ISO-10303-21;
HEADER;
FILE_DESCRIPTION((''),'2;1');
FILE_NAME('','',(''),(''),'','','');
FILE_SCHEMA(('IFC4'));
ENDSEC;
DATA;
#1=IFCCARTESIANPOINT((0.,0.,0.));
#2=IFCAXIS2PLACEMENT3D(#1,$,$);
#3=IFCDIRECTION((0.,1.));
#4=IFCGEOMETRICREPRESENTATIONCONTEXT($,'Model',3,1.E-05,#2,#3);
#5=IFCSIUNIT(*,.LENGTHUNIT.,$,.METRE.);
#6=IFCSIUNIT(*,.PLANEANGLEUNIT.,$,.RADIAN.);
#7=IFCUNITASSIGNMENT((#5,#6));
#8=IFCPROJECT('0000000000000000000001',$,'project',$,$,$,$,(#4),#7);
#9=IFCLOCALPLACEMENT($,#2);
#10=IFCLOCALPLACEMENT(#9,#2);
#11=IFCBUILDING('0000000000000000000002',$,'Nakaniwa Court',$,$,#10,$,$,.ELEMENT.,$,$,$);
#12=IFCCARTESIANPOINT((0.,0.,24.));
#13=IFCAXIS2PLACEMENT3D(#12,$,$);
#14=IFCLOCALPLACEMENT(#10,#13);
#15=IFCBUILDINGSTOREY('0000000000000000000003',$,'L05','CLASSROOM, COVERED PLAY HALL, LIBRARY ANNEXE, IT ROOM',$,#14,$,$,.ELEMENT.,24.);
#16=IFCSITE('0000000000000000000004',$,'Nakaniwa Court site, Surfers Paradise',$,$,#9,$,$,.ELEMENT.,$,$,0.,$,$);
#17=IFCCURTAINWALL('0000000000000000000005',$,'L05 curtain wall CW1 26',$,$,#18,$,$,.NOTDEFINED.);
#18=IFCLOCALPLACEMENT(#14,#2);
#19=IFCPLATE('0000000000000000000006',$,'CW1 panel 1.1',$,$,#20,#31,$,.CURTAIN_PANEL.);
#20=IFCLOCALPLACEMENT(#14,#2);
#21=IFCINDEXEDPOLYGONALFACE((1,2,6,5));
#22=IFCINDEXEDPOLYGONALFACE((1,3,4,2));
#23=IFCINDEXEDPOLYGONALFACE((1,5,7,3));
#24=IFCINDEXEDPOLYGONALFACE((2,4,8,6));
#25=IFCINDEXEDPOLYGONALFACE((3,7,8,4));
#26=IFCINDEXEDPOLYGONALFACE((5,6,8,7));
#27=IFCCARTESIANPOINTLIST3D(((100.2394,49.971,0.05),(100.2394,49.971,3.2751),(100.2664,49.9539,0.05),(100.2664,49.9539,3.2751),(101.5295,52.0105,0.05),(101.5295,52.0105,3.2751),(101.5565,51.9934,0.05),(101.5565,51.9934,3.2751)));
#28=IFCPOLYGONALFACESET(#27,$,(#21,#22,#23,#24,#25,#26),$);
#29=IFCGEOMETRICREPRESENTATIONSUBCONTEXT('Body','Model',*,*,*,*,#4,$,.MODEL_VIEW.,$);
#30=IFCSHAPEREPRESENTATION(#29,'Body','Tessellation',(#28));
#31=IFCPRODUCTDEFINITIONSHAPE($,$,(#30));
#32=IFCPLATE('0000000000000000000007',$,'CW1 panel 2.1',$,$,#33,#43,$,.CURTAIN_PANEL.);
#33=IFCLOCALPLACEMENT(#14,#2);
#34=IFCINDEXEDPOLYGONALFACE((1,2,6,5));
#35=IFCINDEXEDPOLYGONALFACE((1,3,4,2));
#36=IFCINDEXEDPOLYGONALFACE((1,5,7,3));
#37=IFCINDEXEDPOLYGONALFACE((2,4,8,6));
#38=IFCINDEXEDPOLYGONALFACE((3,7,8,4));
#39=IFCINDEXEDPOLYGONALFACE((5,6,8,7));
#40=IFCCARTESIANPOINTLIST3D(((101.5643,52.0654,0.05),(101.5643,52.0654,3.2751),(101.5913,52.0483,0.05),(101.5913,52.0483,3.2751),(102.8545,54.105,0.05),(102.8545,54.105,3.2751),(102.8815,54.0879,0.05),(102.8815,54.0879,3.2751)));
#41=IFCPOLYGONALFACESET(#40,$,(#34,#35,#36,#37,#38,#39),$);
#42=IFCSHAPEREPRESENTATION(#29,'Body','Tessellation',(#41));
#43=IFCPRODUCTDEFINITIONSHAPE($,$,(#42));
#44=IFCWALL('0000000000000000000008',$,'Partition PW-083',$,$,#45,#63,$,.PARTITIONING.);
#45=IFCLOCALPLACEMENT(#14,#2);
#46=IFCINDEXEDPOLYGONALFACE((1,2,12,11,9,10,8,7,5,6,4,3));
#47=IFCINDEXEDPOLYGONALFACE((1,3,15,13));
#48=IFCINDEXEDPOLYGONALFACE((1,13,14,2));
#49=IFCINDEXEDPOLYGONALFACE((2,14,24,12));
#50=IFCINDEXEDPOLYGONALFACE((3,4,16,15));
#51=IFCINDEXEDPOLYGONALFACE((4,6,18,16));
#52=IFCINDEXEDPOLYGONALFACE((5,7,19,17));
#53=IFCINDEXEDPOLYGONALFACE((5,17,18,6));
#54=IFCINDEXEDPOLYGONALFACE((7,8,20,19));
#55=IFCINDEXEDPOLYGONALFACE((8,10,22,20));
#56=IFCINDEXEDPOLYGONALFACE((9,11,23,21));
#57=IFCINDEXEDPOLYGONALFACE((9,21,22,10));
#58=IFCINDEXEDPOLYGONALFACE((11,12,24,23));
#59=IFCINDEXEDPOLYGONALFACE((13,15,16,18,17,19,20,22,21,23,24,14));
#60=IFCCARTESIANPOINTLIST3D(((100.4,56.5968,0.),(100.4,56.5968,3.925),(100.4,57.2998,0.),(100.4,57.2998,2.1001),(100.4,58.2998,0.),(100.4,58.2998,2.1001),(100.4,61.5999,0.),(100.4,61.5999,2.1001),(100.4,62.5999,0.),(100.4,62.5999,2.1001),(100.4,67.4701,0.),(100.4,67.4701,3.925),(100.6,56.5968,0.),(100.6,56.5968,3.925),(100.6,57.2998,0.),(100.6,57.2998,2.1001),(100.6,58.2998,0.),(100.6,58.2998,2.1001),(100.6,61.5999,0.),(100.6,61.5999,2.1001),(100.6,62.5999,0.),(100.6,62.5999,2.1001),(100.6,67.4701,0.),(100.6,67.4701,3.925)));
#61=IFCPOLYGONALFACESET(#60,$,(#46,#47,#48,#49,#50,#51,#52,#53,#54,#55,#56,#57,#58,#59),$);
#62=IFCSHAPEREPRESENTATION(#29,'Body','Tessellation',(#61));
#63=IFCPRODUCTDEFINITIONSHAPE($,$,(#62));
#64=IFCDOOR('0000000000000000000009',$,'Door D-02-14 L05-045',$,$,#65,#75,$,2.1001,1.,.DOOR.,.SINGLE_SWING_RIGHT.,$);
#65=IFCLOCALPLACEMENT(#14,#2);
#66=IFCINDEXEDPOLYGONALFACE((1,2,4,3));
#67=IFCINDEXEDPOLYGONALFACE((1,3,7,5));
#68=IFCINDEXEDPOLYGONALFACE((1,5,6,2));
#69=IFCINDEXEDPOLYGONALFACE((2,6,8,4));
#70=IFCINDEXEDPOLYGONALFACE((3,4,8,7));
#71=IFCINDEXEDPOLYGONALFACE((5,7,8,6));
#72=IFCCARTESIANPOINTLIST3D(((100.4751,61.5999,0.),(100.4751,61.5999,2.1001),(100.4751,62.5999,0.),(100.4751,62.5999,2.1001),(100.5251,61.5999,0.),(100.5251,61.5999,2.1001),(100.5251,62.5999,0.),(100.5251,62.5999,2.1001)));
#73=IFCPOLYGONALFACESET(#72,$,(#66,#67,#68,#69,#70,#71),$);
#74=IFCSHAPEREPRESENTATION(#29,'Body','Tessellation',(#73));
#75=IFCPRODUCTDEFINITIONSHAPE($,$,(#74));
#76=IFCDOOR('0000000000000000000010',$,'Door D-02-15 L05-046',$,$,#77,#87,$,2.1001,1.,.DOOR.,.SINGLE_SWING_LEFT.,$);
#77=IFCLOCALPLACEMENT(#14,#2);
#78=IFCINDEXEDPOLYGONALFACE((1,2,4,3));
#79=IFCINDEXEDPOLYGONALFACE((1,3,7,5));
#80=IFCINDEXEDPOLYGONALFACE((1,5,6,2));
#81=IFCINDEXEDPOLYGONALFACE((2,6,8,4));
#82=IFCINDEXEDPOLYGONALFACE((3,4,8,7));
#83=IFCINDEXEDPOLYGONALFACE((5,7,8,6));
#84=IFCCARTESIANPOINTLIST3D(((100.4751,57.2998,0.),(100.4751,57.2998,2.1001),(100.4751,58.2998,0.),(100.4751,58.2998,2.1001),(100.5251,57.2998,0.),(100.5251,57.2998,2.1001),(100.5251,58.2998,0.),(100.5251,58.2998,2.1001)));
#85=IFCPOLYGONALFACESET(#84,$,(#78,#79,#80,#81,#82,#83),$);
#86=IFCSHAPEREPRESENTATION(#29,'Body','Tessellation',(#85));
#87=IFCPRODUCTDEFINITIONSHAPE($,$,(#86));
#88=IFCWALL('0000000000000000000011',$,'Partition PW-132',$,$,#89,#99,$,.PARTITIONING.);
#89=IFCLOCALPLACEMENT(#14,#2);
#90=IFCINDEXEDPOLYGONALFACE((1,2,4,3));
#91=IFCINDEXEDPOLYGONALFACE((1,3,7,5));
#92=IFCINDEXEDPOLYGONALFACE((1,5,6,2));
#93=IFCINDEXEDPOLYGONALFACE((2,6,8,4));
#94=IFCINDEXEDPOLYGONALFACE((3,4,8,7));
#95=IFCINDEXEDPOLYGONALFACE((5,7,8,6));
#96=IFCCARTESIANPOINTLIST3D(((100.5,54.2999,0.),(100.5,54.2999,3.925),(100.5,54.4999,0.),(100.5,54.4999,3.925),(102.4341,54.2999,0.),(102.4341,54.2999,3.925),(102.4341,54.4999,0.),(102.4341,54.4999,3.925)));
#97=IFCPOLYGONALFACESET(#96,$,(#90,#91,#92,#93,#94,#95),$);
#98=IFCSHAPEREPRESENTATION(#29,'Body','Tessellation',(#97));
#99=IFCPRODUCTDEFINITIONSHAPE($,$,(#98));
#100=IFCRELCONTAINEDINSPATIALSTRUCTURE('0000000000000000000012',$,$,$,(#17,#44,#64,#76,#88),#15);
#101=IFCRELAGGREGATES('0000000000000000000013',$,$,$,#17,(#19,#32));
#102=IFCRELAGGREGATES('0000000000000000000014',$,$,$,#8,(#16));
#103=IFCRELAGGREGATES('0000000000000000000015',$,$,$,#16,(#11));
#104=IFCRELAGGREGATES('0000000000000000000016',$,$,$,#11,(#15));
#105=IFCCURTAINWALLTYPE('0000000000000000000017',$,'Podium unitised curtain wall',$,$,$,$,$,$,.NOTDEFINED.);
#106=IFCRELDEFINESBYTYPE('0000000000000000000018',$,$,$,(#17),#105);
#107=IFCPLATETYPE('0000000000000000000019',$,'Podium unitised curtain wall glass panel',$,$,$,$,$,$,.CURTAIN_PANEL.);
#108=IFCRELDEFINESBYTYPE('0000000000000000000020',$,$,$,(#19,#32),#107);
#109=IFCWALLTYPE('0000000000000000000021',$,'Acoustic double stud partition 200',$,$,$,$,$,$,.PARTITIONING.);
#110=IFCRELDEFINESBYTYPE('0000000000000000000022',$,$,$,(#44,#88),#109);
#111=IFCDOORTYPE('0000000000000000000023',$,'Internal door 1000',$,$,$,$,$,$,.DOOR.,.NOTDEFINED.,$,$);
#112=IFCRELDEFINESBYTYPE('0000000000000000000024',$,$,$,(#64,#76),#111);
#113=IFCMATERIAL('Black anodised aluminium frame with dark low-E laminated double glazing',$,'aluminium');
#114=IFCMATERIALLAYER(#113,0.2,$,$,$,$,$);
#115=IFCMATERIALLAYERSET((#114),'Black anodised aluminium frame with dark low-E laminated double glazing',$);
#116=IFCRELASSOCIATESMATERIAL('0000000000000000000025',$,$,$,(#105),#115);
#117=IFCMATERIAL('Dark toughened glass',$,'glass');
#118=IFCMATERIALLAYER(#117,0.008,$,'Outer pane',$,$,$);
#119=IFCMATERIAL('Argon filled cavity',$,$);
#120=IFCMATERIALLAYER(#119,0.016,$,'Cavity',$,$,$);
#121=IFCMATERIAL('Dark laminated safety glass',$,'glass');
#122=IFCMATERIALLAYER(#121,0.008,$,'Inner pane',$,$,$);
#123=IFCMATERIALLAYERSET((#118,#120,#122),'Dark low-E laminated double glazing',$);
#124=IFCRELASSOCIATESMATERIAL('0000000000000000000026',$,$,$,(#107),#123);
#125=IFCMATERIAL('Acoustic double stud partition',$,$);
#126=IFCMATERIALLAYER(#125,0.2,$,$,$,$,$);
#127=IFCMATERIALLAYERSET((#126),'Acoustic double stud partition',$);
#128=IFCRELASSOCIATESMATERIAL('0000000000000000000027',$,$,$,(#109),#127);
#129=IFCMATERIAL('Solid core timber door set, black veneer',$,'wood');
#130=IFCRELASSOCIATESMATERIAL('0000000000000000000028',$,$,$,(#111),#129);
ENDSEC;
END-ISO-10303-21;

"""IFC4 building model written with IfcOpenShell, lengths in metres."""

from ifc_helpers import new_model, si_unit, direction, frame, frame_2d, origin, origin_2d, place, context, subcontext, project, spatial, rectangle, extrude, material, layer, layer_set, type_object, element, fill, aggregate, save


model = new_model("IFC4")

# Units and contexts
model_context = context("Model", 3, precision=1e-05, world=origin(), true_north=direction((0.0, 1.0)))
body_context = subcontext(model_context, "Body", "Model", "MODEL_VIEW")
ifc_project = project(units=[si_unit("LENGTHUNIT", "METRE"), si_unit("PLANEANGLEUNIT", "RADIAN")], contexts=[model_context])

# Site, building, storey
site_placement = place(None, origin())
site = spatial("IfcSite", under=ifc_project, at=site_placement, Name="Nakaniwa Court site, Surfers Paradise", CompositionType="ELEMENT", RefElevation=0.0)
building_placement = place(site_placement, origin())
building = spatial("IfcBuilding", under=site, at=building_placement, Name="Nakaniwa Court", CompositionType="ELEMENT")
storey_placement = place(building_placement, frame((0.0, 0.0, 24.0)))
storey = spatial("IfcBuildingStorey", under=building, at=storey_placement, Name="L05", Description="CLASSROOM, COVERED PLAY HALL, LIBRARY ANNEXE, IT ROOM", CompositionType="ELEMENT", Elevation=24.0)

# Shared definitions
ifc_material_1 = material(Name="Black anodised aluminium frame with dark low-E laminated double glazing", Category="aluminium")
ifc_layer_1 = layer(ifc_material_1, 0.2)
ifc_layer_set_1 = layer_set([ifc_layer_1], Name="Black anodised aluminium frame with dark low-E laminated double glazing")
curtain_wall_type = type_object("IfcCurtainWallType", Name="Podium unitised curtain wall", PredefinedType="NOTDEFINED", material=ifc_layer_set_1)

# Curtain wall
curtain_wall_1_placement = place(storey_placement, origin())
curtain_wall_1 = element("IfcCurtainWall", 1, at=curtain_wall_1_placement, inside=storey, type_object=curtain_wall_type, Name="L05 curtain wall CW1 26", PredefinedType="NOTDEFINED")

# Plates
ifc_material_2 = material(Name="Dark toughened glass", Category="glass")
ifc_layer_2 = layer(ifc_material_2, 0.008, Name="Outer pane")
ifc_material_3 = material(Name="Argon filled cavity")
ifc_layer_3 = layer(ifc_material_3, 0.016, Name="Cavity")
ifc_material_4 = material(Name="Dark laminated safety glass", Category="glass")
ifc_layer_4 = layer(ifc_material_4, 0.008, Name="Inner pane")
ifc_layer_set_2 = layer_set([ifc_layer_2, ifc_layer_3, ifc_layer_4], Name="Dark low-E laminated double glazing")
plate_type = type_object("IfcPlateType", Name="Podium unitised curtain wall glass panel", PredefinedType="CURTAIN_PANEL", material=ifc_layer_set_2)
plate_1_placement = place(storey_placement, frame((100.8979, 50.9822, 0.05), z_axis=(0.0, 0.0, 1.0), x_axis=(0.534597, 0.845107, 0.0)))
plate_1 = element("IfcPlate", 2, at=plate_1_placement, type_object=plate_type, Name="CW1 panel 1.1", PredefinedType="CURTAIN_PANEL", context=body_context, shape_type="SweptSolid", body=[
    extrude(rectangle(XDim=2.4133, YDim=0.032, at=origin_2d()), origin(), (0.0, 0.0, 1.0), 3.2251),
])
plate_2_placement = place(storey_placement, frame((102.2229, 53.0767, 0.05), z_axis=(0.0, 0.0, 1.0), x_axis=(0.534597, 0.845107, 0.0)))
plate_2 = element("IfcPlate", 3, at=plate_2_placement, type_object=plate_type, Name="CW1 panel 2.1", PredefinedType="CURTAIN_PANEL", context=body_context, shape_type="SweptSolid", body=[
    extrude(rectangle(XDim=2.4133, YDim=0.032, at=origin_2d()), origin(), (0.0, 0.0, 1.0), 3.2251),
])
aggregate(curtain_wall_1, [plate_1, plate_2])

# Wall, openings, doors
ifc_material_5 = material(Name="Acoustic double stud partition")
ifc_layer_5 = layer(ifc_material_5, 0.2)
ifc_layer_set_3 = layer_set([ifc_layer_5], Name="Acoustic double stud partition")
wall_type = type_object("IfcWallType", Name="Acoustic double stud partition 200", PredefinedType="PARTITIONING", material=ifc_layer_set_3)
wall_1_placement = place(storey_placement, frame((100.5, 56.5969, 0.0), z_axis=(0.0, 0.0, 1.0), x_axis=(0.0, 1.0, 0.0)))
wall_1 = element("IfcWall", 4, at=wall_1_placement, inside=storey, type_object=wall_type, Name="Partition PW-083", PredefinedType="PARTITIONING", context=body_context, shape_type="SweptSolid", body=[
    extrude(rectangle(XDim=10.8733, YDim=0.2, at=frame_2d((5.4365, 0.0))), origin(), (0.0, 0.0, 1.0), 3.925),
])
opening_1_placement = place(wall_1_placement, frame((5.0029, 0.0, 0.0)))
opening_1 = element("IfcOpeningElement", 5, at=opening_1_placement, cuts=wall_1, PredefinedType="OPENING", context=body_context, shape_type="SweptSolid", body=[
    extrude(rectangle(XDim=1.0, YDim=2.1001, at=frame_2d((0.5, 1.05))), frame((0.0, 0.1099, 0.0), z_axis=(0.0, -1.0, 0.0), x_axis=(1.0, 0.0, 0.0)), (0.0, 0.0, 1.0), 0.22),
])
opening_2_placement = place(wall_1_placement, frame((0.7029, 0.0, 0.0)))
opening_2 = element("IfcOpeningElement", 6, at=opening_2_placement, cuts=wall_1, PredefinedType="OPENING", context=body_context, shape_type="SweptSolid", body=[
    extrude(rectangle(XDim=1.0, YDim=2.1001, at=frame_2d((0.5, 1.05))), frame((0.0, 0.1099, 0.0), z_axis=(0.0, -1.0, 0.0), x_axis=(1.0, 0.0, 0.0)), (0.0, 0.0, 1.0), 0.22),
])
ifc_material_6 = material(Name="Solid core timber door set, black veneer", Category="wood")
door_type = type_object("IfcDoorType", Name="Internal door 1000", OperationType="NOTDEFINED", PredefinedType="DOOR", material=ifc_material_6)
door_1_placement = place(opening_1_placement, origin())
door_1 = element("IfcDoor", 7, at=door_1_placement, inside=storey, type_object=door_type, Name="Door D-02-14 L05-045", OperationType="SINGLE_SWING_RIGHT", OverallHeight=2.1001, OverallWidth=1.0, PredefinedType="DOOR", context=body_context, shape_type="SweptSolid", body=[
    extrude(rectangle(XDim=1.0, YDim=2.1001, at=frame_2d((0.5, 1.05))), frame((0.0, 0.0249, 0.0), z_axis=(0.0, -1.0, 0.0), x_axis=(1.0, 0.0, 0.0)), (0.0, 0.0, 1.0), 0.05),
])
fill(opening_1, door_1)
door_2_placement = place(opening_2_placement, origin())
door_2 = element("IfcDoor", 8, at=door_2_placement, inside=storey, type_object=door_type, Name="Door D-02-15 L05-046", OperationType="SINGLE_SWING_LEFT", OverallHeight=2.1001, OverallWidth=1.0, PredefinedType="DOOR", context=body_context, shape_type="SweptSolid", body=[
    extrude(rectangle(XDim=1.0, YDim=2.1001, at=frame_2d((0.5, 1.05))), frame((0.0, 0.0249, 0.0), z_axis=(0.0, -1.0, 0.0), x_axis=(1.0, 0.0, 0.0)), (0.0, 0.0, 1.0), 0.05),
])
fill(opening_2, door_2)

# Wall
wall_2_placement = place(storey_placement, frame((100.5, 54.3999, 0.0), z_axis=(0.0, 0.0, 1.0), x_axis=(1.0, 0.0, 0.0)))
element("IfcWall", 9, at=wall_2_placement, inside=storey, type_object=wall_type, Name="Partition PW-132", PredefinedType="PARTITIONING", context=body_context, shape_type="SweptSolid", body=[
    extrude(rectangle(XDim=1.9341, YDim=0.2, at=frame_2d((0.967, 0.0))), origin(), (0.0, 0.0, 1.0), 3.925),
])

save(model, "model.ifc")
